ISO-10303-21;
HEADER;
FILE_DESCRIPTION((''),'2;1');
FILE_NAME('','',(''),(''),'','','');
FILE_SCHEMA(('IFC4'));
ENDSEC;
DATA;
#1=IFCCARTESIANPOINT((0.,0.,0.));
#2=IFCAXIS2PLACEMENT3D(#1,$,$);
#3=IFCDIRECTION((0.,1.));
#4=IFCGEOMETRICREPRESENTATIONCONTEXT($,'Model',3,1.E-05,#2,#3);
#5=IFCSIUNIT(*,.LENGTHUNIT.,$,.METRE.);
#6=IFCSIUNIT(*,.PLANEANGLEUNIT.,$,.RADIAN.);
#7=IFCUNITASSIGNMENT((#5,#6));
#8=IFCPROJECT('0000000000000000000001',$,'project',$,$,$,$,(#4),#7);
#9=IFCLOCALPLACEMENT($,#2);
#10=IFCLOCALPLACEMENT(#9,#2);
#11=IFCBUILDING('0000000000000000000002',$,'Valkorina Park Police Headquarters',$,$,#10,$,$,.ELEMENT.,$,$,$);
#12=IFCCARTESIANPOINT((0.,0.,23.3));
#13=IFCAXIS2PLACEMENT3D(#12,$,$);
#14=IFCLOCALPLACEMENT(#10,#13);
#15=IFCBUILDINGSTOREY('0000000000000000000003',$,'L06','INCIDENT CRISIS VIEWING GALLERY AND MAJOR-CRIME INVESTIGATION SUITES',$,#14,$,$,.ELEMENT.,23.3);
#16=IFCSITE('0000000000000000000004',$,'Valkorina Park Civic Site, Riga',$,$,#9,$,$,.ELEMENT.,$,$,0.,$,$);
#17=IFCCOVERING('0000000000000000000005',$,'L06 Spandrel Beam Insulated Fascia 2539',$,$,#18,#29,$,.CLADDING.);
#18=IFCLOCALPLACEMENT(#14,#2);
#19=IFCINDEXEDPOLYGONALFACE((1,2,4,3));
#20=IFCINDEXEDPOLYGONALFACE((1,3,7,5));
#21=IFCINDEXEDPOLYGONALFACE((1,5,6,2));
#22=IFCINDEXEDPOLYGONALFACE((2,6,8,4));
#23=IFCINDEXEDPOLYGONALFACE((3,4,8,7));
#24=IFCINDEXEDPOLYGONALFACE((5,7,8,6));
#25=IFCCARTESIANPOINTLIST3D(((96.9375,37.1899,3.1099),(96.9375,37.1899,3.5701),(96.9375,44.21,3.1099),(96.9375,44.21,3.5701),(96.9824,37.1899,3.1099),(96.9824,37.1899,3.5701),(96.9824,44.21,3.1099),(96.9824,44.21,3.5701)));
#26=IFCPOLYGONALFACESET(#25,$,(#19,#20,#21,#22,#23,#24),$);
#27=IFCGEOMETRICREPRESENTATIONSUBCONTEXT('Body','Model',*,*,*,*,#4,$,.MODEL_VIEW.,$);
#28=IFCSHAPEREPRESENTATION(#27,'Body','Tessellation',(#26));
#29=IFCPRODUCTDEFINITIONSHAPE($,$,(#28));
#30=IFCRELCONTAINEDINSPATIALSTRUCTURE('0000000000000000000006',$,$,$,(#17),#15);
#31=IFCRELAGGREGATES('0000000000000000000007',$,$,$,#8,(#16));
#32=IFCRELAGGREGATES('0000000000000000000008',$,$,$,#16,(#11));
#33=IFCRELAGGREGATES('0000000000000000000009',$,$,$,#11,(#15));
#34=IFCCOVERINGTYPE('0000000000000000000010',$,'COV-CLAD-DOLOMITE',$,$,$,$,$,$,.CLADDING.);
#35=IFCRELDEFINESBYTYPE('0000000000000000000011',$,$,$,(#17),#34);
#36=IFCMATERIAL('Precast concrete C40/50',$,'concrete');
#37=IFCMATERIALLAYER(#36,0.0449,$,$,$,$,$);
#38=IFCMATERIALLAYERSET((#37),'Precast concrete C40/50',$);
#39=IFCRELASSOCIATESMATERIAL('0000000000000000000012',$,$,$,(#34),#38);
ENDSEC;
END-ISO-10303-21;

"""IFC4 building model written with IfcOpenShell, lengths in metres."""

from ifc_helpers import new_model, si_unit, direction, frame, frame_2d, origin, place, context, subcontext, project, spatial, rectangle, extrude, material, layer, layer_set, type_object, element, save


model = new_model("IFC4")

# Units and contexts
model_context = context("Model", 3, precision=1e-05, world=origin(), true_north=direction((0.0, 1.0)))
body_context = subcontext(model_context, "Body", "Model", "MODEL_VIEW")
ifc_project = project(units=[si_unit("LENGTHUNIT", "METRE"), si_unit("PLANEANGLEUNIT", "RADIAN")], contexts=[model_context])

# Site, building, storey
site_placement = place(None, origin())
site = spatial("IfcSite", under=ifc_project, at=site_placement, Name="Valkorina Park Civic Site, Riga", CompositionType="ELEMENT", RefElevation=0.0)
building_placement = place(site_placement, origin())
building = spatial("IfcBuilding", under=site, at=building_placement, Name="Valkorina Park Police Headquarters", CompositionType="ELEMENT")
storey_placement = place(building_placement, frame((0.0, 0.0, 23.3)))
storey = spatial("IfcBuildingStorey", under=building, at=storey_placement, Name="L06", Description="INCIDENT CRISIS VIEWING GALLERY AND MAJOR-CRIME INVESTIGATION SUITES", CompositionType="ELEMENT", Elevation=23.3)

# Covering
ifc_material_1 = material(Name="Precast concrete C40/50", Category="concrete")
ifc_layer_1 = layer(ifc_material_1, 0.0449)
ifc_layer_set_1 = layer_set([ifc_layer_1], Name="Precast concrete C40/50")
covering_type = type_object("IfcCoveringType", Name="COV-CLAD-DOLOMITE", PredefinedType="CLADDING", material=ifc_layer_set_1)
covering_placement = place(storey_placement, frame((96.96, 44.21, 3.1099), z_axis=(0.0, 0.0, 1.0), x_axis=(0.0, -1.0, 0.0)))
element("IfcCovering", 1, at=covering_placement, inside=storey, type_object=covering_type, Name="L06 Spandrel Beam Insulated Fascia 2539", PredefinedType="CLADDING", context=body_context, shape_type="SweptSolid", body=[
    extrude(rectangle(XDim=7.02, YDim=0.0449, at=frame_2d((3.51, 0.0))), origin(), (0.0, 0.0, 1.0), 0.4602),
])

save(model, "model.ifc")
